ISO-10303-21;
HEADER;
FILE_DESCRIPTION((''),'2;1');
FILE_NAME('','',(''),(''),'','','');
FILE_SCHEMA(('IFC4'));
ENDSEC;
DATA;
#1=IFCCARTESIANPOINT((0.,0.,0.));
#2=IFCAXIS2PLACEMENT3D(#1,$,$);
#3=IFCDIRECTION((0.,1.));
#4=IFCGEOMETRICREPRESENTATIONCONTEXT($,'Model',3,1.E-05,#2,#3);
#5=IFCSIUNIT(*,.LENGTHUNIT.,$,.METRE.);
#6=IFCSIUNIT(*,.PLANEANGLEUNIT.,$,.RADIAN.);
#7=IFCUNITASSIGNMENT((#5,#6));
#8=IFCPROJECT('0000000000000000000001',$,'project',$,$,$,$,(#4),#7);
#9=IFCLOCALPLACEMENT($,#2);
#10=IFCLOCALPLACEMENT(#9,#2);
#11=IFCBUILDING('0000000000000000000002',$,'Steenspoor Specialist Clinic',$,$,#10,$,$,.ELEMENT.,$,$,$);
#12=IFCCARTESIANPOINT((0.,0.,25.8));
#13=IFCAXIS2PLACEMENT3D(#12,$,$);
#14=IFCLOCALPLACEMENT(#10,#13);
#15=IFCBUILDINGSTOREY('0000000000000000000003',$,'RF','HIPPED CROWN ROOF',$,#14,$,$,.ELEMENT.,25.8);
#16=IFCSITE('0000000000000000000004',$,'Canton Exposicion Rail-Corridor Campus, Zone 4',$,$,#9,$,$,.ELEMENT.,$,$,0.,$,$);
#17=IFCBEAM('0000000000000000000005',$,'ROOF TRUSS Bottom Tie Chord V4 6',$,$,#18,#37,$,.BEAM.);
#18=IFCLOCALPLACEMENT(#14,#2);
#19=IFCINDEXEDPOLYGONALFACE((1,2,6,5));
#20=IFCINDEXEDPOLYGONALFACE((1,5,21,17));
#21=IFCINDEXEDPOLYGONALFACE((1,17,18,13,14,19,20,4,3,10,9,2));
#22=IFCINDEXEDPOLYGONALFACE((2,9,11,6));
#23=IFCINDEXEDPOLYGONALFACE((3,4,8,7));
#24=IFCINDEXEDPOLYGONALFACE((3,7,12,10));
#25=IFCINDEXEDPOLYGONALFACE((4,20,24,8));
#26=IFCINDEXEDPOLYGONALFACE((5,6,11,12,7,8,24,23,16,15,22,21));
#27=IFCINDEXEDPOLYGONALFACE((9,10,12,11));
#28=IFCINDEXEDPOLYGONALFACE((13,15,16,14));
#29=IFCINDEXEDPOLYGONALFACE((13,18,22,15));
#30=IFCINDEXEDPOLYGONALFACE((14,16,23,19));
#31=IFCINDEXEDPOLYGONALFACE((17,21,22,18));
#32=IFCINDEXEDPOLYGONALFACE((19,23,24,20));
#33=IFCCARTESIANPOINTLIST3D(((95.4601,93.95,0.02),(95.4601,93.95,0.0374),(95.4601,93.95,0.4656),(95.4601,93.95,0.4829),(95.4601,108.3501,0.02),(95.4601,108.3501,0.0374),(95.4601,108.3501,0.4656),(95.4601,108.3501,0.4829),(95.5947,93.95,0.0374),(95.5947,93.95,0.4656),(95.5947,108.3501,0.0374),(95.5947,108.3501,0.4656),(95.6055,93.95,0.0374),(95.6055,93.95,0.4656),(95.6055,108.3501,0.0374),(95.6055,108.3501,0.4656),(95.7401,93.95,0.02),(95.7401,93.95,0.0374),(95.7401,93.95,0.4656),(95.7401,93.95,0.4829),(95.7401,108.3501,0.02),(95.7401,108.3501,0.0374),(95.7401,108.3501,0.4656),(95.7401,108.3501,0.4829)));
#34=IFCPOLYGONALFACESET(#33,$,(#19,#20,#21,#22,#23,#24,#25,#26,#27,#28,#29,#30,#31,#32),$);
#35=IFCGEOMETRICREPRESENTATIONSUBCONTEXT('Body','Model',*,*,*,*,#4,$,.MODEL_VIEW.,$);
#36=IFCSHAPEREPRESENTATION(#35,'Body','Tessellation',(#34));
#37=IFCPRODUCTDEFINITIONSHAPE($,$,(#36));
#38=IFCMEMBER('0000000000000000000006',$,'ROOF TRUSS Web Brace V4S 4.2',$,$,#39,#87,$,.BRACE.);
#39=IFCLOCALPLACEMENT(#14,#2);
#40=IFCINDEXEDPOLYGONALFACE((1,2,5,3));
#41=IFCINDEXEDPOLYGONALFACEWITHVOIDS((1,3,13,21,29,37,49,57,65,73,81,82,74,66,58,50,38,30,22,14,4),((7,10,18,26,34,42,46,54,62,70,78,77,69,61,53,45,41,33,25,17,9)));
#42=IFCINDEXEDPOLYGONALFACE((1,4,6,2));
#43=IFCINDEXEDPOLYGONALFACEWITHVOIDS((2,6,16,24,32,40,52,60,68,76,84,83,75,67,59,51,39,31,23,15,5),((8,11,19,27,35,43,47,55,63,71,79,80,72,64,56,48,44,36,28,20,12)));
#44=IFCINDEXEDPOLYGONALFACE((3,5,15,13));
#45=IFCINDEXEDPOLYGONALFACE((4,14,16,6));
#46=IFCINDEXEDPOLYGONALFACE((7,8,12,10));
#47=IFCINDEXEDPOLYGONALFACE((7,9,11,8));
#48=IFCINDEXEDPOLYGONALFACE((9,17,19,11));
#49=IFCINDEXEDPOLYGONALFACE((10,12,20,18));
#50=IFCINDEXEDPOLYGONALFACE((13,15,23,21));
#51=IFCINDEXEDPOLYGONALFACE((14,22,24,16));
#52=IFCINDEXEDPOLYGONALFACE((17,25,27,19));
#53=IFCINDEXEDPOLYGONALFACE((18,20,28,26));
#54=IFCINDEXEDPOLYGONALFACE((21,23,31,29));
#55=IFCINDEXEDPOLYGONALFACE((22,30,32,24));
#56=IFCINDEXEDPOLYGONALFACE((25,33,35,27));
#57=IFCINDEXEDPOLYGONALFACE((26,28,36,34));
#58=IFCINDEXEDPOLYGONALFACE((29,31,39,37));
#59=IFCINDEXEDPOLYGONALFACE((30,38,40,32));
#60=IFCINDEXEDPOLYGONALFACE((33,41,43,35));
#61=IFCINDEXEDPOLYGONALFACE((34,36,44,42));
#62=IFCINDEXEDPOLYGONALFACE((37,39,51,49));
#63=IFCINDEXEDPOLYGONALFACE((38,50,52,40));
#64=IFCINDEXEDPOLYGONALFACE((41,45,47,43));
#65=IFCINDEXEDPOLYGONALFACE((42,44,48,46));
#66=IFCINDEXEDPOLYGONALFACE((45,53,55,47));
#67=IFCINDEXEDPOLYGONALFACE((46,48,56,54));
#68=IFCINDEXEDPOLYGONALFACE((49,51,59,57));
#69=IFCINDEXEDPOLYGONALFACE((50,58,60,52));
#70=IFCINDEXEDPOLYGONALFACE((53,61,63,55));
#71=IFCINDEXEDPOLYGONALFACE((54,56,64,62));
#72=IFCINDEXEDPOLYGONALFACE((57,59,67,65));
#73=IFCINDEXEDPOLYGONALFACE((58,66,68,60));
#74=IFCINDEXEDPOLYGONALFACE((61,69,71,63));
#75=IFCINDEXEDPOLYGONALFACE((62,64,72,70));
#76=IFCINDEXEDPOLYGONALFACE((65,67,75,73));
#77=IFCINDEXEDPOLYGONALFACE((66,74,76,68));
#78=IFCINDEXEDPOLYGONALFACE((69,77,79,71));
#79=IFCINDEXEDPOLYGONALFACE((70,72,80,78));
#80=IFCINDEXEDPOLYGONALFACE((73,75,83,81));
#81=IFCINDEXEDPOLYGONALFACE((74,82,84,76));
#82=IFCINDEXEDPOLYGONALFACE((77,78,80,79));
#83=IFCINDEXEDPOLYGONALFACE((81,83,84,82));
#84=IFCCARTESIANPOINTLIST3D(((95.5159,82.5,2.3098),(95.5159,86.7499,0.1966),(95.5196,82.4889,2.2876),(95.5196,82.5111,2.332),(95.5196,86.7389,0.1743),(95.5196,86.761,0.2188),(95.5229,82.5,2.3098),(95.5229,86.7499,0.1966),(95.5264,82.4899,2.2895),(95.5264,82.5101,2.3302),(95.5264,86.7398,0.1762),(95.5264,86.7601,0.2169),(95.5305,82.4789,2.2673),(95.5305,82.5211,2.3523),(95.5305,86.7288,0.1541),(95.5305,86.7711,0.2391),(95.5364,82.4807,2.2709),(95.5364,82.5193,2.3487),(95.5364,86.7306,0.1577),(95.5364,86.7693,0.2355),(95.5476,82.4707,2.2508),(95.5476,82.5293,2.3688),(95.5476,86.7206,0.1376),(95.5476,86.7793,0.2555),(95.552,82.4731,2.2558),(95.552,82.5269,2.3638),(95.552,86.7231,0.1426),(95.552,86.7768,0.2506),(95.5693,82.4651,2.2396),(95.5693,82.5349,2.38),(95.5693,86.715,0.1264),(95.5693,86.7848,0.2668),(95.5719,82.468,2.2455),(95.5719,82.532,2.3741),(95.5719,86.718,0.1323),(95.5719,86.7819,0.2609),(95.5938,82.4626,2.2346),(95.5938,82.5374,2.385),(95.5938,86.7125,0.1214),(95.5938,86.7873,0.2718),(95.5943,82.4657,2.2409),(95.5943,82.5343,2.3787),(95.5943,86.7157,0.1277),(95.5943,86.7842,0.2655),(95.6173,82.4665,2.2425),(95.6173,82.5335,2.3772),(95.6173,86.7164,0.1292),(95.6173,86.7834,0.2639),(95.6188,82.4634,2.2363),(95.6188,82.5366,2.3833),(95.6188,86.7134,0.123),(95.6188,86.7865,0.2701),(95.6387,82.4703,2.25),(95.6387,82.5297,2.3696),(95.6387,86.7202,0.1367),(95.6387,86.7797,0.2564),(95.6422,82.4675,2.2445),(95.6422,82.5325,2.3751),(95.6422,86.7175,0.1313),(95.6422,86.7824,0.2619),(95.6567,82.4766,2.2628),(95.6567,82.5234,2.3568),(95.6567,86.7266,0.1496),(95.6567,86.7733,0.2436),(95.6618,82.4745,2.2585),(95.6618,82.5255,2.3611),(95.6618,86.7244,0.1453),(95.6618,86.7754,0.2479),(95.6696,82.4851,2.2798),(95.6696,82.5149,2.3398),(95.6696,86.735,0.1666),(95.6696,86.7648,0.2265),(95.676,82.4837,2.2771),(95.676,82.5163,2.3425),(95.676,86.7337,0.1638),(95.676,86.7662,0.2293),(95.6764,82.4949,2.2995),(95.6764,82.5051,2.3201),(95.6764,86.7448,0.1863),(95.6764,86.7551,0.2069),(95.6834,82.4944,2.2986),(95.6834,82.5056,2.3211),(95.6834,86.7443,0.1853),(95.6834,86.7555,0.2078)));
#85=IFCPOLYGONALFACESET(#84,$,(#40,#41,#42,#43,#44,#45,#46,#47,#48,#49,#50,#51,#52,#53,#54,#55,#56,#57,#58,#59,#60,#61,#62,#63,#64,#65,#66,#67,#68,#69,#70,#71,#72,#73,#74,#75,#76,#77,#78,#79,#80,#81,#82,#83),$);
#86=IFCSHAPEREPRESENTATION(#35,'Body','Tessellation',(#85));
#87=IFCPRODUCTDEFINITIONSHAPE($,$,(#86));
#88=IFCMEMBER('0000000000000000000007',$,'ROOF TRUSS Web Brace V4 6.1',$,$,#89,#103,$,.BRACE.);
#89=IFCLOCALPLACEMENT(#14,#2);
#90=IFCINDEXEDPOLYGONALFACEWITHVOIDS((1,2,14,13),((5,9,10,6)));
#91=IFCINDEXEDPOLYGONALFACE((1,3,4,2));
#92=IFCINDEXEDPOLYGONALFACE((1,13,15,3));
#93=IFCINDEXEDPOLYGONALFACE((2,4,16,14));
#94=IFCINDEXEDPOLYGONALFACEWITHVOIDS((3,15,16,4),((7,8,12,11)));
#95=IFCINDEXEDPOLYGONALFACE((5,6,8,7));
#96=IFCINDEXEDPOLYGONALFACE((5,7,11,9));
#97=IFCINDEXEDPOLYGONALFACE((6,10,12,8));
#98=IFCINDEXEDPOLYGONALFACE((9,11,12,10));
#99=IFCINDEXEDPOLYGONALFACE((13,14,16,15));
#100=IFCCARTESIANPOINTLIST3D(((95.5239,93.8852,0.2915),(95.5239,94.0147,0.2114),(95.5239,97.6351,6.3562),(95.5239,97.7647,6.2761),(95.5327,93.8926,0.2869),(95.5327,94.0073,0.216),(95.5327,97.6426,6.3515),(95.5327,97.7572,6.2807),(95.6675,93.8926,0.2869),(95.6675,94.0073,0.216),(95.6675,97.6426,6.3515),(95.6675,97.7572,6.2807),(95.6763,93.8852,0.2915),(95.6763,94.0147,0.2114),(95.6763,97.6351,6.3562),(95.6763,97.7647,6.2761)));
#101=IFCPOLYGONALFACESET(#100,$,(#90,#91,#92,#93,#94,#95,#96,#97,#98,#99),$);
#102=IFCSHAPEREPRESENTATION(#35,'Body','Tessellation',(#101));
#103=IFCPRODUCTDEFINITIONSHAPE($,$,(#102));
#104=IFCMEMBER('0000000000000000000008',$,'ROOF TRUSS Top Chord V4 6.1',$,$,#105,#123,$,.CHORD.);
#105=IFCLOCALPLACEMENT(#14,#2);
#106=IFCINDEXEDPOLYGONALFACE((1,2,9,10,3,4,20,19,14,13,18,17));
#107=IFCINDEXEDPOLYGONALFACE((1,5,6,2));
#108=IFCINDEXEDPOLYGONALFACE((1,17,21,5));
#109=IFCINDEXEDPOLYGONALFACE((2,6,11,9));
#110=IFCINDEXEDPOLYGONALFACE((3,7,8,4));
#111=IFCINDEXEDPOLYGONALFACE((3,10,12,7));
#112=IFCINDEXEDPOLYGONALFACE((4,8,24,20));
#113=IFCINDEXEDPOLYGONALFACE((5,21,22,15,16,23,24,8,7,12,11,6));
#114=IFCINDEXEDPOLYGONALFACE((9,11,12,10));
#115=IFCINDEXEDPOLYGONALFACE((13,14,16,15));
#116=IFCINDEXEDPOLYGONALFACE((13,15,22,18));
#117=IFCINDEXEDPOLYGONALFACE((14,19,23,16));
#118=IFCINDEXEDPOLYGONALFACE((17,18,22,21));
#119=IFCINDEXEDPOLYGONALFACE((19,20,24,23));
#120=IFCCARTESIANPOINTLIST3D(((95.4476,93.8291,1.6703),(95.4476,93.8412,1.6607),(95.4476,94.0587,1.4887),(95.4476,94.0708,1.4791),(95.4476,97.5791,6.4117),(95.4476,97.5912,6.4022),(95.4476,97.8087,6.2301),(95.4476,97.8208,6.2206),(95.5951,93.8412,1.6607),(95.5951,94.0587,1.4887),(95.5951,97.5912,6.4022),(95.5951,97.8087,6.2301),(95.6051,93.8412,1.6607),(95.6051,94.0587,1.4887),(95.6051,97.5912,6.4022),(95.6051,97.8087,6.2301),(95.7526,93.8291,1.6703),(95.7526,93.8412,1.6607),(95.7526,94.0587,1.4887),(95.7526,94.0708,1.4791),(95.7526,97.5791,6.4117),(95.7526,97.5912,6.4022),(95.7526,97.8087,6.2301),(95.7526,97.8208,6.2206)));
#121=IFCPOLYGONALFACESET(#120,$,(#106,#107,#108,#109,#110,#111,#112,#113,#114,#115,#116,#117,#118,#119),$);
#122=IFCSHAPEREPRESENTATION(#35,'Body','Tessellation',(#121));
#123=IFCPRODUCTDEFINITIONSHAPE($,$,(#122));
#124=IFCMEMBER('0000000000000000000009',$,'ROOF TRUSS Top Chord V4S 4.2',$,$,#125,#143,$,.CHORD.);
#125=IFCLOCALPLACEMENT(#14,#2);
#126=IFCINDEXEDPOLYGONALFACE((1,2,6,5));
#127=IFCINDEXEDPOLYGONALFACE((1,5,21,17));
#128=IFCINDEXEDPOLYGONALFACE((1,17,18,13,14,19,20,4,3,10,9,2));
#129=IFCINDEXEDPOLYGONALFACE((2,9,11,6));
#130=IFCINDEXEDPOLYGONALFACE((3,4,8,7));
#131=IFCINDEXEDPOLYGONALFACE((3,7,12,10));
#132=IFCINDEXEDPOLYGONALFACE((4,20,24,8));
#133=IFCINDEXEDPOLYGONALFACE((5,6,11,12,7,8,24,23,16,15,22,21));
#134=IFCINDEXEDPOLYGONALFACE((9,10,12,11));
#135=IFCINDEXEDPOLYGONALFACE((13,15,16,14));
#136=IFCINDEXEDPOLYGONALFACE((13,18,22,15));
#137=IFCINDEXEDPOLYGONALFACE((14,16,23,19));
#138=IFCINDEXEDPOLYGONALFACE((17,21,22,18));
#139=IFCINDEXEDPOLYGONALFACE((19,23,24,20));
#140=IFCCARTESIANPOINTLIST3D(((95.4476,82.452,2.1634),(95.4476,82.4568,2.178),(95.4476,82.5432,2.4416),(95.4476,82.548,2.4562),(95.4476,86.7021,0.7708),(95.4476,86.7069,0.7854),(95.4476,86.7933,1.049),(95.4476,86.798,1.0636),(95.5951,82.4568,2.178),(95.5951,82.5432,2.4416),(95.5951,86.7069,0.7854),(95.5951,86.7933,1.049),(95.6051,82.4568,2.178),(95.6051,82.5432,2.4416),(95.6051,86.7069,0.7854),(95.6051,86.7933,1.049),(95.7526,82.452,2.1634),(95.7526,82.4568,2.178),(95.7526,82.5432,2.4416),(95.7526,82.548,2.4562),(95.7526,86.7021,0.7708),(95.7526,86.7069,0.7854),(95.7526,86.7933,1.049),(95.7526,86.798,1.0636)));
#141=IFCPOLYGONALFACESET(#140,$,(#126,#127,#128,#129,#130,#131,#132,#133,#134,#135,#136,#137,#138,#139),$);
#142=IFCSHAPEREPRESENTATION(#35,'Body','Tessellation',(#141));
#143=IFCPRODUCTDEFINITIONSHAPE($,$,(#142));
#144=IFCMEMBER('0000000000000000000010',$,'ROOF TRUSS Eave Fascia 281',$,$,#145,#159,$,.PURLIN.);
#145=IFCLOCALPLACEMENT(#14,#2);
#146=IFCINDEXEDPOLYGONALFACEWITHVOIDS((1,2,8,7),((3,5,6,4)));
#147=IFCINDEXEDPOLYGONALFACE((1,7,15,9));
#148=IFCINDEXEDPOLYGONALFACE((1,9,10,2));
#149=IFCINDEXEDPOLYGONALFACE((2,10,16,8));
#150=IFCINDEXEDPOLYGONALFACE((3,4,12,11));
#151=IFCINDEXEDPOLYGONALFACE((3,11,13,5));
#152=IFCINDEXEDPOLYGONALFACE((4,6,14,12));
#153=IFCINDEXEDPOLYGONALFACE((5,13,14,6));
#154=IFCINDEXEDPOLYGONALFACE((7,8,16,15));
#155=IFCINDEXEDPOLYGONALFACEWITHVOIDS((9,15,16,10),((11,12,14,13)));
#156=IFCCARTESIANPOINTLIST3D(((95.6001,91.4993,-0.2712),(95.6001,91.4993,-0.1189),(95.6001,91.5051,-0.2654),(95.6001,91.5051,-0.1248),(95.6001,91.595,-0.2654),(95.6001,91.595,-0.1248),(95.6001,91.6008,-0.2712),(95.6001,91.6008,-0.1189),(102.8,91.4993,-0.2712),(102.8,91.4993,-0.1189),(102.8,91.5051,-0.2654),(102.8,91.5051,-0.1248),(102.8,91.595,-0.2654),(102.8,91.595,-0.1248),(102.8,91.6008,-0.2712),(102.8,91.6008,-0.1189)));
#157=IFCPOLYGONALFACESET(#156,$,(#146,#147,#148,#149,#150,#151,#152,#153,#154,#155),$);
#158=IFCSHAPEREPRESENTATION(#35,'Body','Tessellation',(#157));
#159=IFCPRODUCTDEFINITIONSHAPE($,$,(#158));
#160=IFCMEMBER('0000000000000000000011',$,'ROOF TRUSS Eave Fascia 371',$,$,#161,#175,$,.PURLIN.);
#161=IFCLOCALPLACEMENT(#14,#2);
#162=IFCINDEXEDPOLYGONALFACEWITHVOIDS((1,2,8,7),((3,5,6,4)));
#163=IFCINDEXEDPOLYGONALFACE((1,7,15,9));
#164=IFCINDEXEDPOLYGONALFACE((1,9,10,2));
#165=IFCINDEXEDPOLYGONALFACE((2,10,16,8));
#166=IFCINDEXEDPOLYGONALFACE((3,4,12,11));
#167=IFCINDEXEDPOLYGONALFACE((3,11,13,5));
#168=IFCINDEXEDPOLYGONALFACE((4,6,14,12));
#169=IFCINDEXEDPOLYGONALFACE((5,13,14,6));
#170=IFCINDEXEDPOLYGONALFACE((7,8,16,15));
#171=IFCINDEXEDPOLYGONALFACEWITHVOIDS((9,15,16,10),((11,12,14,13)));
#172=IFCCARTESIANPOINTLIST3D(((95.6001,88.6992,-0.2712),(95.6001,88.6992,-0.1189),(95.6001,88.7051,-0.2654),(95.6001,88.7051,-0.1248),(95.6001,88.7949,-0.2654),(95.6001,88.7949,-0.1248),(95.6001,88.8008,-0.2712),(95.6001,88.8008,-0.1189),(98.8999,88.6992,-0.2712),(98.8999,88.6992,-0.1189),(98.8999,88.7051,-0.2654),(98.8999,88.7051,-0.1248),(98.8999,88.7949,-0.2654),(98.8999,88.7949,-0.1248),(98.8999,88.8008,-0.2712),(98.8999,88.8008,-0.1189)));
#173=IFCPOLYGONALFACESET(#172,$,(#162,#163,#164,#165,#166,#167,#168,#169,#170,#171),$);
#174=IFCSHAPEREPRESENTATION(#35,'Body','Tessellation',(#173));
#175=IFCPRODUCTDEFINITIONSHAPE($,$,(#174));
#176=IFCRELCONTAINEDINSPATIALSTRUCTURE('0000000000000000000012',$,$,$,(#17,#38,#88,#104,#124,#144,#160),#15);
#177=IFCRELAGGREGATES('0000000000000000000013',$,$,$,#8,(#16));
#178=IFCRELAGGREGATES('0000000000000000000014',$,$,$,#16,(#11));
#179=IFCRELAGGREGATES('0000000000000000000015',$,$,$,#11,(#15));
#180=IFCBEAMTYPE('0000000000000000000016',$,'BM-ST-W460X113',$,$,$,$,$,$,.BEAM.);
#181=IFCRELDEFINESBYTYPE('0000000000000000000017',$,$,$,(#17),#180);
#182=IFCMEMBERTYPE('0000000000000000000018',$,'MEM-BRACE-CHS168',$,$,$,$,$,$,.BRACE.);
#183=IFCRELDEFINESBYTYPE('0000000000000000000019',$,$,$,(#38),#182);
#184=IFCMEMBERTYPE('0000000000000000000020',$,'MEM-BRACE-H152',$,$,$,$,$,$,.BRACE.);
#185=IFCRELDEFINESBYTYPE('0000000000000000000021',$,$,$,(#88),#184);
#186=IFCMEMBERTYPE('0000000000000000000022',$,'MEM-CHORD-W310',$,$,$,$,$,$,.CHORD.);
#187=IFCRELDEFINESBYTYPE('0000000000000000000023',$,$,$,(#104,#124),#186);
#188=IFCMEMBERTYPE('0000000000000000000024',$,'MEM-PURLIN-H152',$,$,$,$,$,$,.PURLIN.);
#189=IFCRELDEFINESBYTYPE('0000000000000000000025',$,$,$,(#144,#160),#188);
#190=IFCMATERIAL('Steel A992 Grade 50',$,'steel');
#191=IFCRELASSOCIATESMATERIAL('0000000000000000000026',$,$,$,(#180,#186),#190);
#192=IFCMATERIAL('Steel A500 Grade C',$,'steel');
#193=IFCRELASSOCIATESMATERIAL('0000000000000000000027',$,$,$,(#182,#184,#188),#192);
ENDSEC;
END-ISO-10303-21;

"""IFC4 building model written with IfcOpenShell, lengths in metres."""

from ifc_helpers import new_model, si_unit, direction, frame, origin, origin_2d, place, context, subcontext, project, spatial, hollow_rectangle, hollow_circle, i_section, extrude, material, material_profile, profile_set, type_object, element, save


model = new_model("IFC4")

# Units and contexts
model_context = context("Model", 3, precision=1e-05, world=origin(), true_north=direction((0.0, 1.0)))
body_context = subcontext(model_context, "Body", "Model", "MODEL_VIEW")
ifc_project = project(units=[si_unit("LENGTHUNIT", "METRE"), si_unit("PLANEANGLEUNIT", "RADIAN")], contexts=[model_context])

# Site, building, storey
site_placement = place(None, origin())
site = spatial("IfcSite", under=ifc_project, at=site_placement, Name="Canton Exposicion Rail-Corridor Campus, Zone 4", CompositionType="ELEMENT", RefElevation=0.0)
building_placement = place(site_placement, origin())
building = spatial("IfcBuilding", under=site, at=building_placement, Name="Steenspoor Specialist Clinic", CompositionType="ELEMENT")
storey_placement = place(building_placement, frame((0.0, 0.0, 25.8)))
storey = spatial("IfcBuildingStorey", under=building, at=storey_placement, Name="RF", Description="HIPPED CROWN ROOF", CompositionType="ELEMENT", Elevation=25.8)

# Beam
ifc_material_1 = material(Name="Steel A992 Grade 50", Category="steel")
ifc_material_profile_1 = material_profile(ifc_material_1, i_section(OverallWidth=0.28, OverallDepth=0.4629, WebThickness=0.0107, FlangeThickness=0.0173, at=origin_2d()), Name="W460X113")
ifc_profile_set_1 = profile_set([ifc_material_profile_1], Name="Steel A992 Grade 50")
beam_type = type_object("IfcBeamType", Name="BM-ST-W460X113", PredefinedType="BEAM", material=ifc_profile_set_1)
beam_placement = place(storey_placement, frame((95.6001, 93.95, 0.2515), z_axis=(0.0, 1.0, 0.0), x_axis=(-1.0, 0.0, 0.0)))
element("IfcBeam", 1, at=beam_placement, inside=storey, type_object=beam_type, Name="ROOF TRUSS Bottom Tie Chord V4 6", PredefinedType="BEAM", context=body_context, shape_type="SweptSolid", body=[
    extrude(i_section(OverallWidth=0.28, OverallDepth=0.4629, WebThickness=0.0107, FlangeThickness=0.0173, at=origin_2d()), origin(), (0.0, 0.0, 1.0), 14.4001),
])

# Members
ifc_material_2 = material(Name="Steel A500 Grade C", Category="steel")
ifc_material_profile_2 = material_profile(ifc_material_2, hollow_circle(Radius=0.0842, WallThickness=0.0071, at=origin_2d()), Name="CHS168X7.1")
ifc_profile_set_2 = profile_set([ifc_material_profile_2], Name="Steel A500 Grade C")
member_type_1 = type_object("IfcMemberType", Name="MEM-BRACE-CHS168", PredefinedType="BRACE", material=ifc_profile_set_2)
member_1_placement = place(storey_placement, frame((95.6001, 82.5, 2.3098), z_axis=(0.0, 0.895413, -0.445237), x_axis=(-1.0, 0.0, 0.0)))
element("IfcMember", 2, at=member_1_placement, inside=storey, type_object=member_type_1, Name="ROOF TRUSS Web Brace V4S 4.2", PredefinedType="BRACE", context=body_context, shape_type="SweptSolid", body=[
    extrude(hollow_circle(Radius=0.0842, WallThickness=0.0071, at=origin_2d()), origin(), (0.0, 0.0, 1.0), 4.7463),
])
ifc_material_profile_3 = material_profile(ifc_material_2, hollow_rectangle(XDim=0.1523, YDim=0.1523, WallThickness=0.0088, at=origin_2d()), Name="HSS152X152X9.5")
ifc_profile_set_3 = profile_set([ifc_material_profile_3], Name="Steel A500 Grade C")
member_type_2 = type_object("IfcMemberType", Name="MEM-BRACE-H152", PredefinedType="BRACE", material=ifc_profile_set_3)
member_2_placement = place(storey_placement, frame((95.6001, 93.95, 0.2515), z_axis=(0.0, 0.525915, 0.850537), x_axis=(-1.0, 0.0, 0.0)))
element("IfcMember", 3, at=member_2_placement, inside=storey, type_object=member_type_2, Name="ROOF TRUSS Web Brace V4 6.1", PredefinedType="BRACE", context=body_context, shape_type="SweptSolid", body=[
    extrude(hollow_rectangle(XDim=0.1523, YDim=0.1523, WallThickness=0.0088, at=origin_2d()), origin(), (0.0, 0.0, 1.0), 7.1304),
])
ifc_material_profile_4 = material_profile(ifc_material_1, i_section(OverallWidth=0.3049, OverallDepth=0.3081, WebThickness=0.01, FlangeThickness=0.0154, at=origin_2d()), Name="W310X97")
ifc_profile_set_4 = profile_set([ifc_material_profile_4], Name="Steel A992 Grade 50")
member_type_3 = type_object("IfcMemberType", Name="MEM-CHORD-W310", PredefinedType="CHORD", material=ifc_profile_set_4)
member_3_placement = place(storey_placement, frame((95.6001, 93.95, 1.5747), z_axis=(0.0, 0.620332, 0.78434), x_axis=(-1.0, 0.0, 0.0)))
element("IfcMember", 4, at=member_3_placement, inside=storey, type_object=member_type_3, Name="ROOF TRUSS Top Chord V4 6.1", PredefinedType="CHORD", context=body_context, shape_type="SweptSolid", body=[
    extrude(i_section(OverallWidth=0.3049, OverallDepth=0.3081, WebThickness=0.01, FlangeThickness=0.0154, at=origin_2d()), origin(), (0.0, 0.0, 1.0), 6.0452),
])
member_4_placement = place(storey_placement, frame((95.6001, 82.5, 2.3098), z_axis=(0.0, 0.950287, -0.311376), x_axis=(-1.0, 0.0, 0.0)))
element("IfcMember", 5, at=member_4_placement, inside=storey, type_object=member_type_3, Name="ROOF TRUSS Top Chord V4S 4.2", PredefinedType="CHORD", context=body_context, shape_type="SweptSolid", body=[
    extrude(i_section(OverallWidth=0.3049, OverallDepth=0.3081, WebThickness=0.01, FlangeThickness=0.0154, at=origin_2d()), origin(), (0.0, 0.0, 1.0), 4.4724),
])
ifc_material_profile_5 = material_profile(ifc_material_2, hollow_rectangle(XDim=0.1016, YDim=0.1523, WallThickness=0.0059, at=origin_2d()), Name="HSS152X102X6.4")
ifc_profile_set_5 = profile_set([ifc_material_profile_5], Name="Steel A500 Grade C")
member_type_4 = type_object("IfcMemberType", Name="MEM-PURLIN-H152", PredefinedType="PURLIN", material=ifc_profile_set_5)
member_5_placement = place(storey_placement, frame((95.6001, 91.55, -0.1951), z_axis=(1.0, 0.0, 0.0), x_axis=(0.0, 1.0, 0.0)))
element("IfcMember", 6, at=member_5_placement, inside=storey, type_object=member_type_4, Name="ROOF TRUSS Eave Fascia 281", PredefinedType="PURLIN", context=body_context, shape_type="SweptSolid", body=[
    extrude(hollow_rectangle(XDim=0.1016, YDim=0.1523, WallThickness=0.0059, at=origin_2d()), origin(), (0.0, 0.0, 1.0), 7.2),
])
member_6_placement = place(storey_placement, frame((95.6001, 88.75, -0.1951), z_axis=(1.0, 0.0, 0.0), x_axis=(0.0, 1.0, 0.0)))
element("IfcMember", 7, at=member_6_placement, inside=storey, type_object=member_type_4, Name="ROOF TRUSS Eave Fascia 371", PredefinedType="PURLIN", context=body_context, shape_type="SweptSolid", body=[
    extrude(hollow_rectangle(XDim=0.1016, YDim=0.1523, WallThickness=0.0059, at=origin_2d()), origin(), (0.0, 0.0, 1.0), 3.2998),
])

save(model, "model.ifc")
